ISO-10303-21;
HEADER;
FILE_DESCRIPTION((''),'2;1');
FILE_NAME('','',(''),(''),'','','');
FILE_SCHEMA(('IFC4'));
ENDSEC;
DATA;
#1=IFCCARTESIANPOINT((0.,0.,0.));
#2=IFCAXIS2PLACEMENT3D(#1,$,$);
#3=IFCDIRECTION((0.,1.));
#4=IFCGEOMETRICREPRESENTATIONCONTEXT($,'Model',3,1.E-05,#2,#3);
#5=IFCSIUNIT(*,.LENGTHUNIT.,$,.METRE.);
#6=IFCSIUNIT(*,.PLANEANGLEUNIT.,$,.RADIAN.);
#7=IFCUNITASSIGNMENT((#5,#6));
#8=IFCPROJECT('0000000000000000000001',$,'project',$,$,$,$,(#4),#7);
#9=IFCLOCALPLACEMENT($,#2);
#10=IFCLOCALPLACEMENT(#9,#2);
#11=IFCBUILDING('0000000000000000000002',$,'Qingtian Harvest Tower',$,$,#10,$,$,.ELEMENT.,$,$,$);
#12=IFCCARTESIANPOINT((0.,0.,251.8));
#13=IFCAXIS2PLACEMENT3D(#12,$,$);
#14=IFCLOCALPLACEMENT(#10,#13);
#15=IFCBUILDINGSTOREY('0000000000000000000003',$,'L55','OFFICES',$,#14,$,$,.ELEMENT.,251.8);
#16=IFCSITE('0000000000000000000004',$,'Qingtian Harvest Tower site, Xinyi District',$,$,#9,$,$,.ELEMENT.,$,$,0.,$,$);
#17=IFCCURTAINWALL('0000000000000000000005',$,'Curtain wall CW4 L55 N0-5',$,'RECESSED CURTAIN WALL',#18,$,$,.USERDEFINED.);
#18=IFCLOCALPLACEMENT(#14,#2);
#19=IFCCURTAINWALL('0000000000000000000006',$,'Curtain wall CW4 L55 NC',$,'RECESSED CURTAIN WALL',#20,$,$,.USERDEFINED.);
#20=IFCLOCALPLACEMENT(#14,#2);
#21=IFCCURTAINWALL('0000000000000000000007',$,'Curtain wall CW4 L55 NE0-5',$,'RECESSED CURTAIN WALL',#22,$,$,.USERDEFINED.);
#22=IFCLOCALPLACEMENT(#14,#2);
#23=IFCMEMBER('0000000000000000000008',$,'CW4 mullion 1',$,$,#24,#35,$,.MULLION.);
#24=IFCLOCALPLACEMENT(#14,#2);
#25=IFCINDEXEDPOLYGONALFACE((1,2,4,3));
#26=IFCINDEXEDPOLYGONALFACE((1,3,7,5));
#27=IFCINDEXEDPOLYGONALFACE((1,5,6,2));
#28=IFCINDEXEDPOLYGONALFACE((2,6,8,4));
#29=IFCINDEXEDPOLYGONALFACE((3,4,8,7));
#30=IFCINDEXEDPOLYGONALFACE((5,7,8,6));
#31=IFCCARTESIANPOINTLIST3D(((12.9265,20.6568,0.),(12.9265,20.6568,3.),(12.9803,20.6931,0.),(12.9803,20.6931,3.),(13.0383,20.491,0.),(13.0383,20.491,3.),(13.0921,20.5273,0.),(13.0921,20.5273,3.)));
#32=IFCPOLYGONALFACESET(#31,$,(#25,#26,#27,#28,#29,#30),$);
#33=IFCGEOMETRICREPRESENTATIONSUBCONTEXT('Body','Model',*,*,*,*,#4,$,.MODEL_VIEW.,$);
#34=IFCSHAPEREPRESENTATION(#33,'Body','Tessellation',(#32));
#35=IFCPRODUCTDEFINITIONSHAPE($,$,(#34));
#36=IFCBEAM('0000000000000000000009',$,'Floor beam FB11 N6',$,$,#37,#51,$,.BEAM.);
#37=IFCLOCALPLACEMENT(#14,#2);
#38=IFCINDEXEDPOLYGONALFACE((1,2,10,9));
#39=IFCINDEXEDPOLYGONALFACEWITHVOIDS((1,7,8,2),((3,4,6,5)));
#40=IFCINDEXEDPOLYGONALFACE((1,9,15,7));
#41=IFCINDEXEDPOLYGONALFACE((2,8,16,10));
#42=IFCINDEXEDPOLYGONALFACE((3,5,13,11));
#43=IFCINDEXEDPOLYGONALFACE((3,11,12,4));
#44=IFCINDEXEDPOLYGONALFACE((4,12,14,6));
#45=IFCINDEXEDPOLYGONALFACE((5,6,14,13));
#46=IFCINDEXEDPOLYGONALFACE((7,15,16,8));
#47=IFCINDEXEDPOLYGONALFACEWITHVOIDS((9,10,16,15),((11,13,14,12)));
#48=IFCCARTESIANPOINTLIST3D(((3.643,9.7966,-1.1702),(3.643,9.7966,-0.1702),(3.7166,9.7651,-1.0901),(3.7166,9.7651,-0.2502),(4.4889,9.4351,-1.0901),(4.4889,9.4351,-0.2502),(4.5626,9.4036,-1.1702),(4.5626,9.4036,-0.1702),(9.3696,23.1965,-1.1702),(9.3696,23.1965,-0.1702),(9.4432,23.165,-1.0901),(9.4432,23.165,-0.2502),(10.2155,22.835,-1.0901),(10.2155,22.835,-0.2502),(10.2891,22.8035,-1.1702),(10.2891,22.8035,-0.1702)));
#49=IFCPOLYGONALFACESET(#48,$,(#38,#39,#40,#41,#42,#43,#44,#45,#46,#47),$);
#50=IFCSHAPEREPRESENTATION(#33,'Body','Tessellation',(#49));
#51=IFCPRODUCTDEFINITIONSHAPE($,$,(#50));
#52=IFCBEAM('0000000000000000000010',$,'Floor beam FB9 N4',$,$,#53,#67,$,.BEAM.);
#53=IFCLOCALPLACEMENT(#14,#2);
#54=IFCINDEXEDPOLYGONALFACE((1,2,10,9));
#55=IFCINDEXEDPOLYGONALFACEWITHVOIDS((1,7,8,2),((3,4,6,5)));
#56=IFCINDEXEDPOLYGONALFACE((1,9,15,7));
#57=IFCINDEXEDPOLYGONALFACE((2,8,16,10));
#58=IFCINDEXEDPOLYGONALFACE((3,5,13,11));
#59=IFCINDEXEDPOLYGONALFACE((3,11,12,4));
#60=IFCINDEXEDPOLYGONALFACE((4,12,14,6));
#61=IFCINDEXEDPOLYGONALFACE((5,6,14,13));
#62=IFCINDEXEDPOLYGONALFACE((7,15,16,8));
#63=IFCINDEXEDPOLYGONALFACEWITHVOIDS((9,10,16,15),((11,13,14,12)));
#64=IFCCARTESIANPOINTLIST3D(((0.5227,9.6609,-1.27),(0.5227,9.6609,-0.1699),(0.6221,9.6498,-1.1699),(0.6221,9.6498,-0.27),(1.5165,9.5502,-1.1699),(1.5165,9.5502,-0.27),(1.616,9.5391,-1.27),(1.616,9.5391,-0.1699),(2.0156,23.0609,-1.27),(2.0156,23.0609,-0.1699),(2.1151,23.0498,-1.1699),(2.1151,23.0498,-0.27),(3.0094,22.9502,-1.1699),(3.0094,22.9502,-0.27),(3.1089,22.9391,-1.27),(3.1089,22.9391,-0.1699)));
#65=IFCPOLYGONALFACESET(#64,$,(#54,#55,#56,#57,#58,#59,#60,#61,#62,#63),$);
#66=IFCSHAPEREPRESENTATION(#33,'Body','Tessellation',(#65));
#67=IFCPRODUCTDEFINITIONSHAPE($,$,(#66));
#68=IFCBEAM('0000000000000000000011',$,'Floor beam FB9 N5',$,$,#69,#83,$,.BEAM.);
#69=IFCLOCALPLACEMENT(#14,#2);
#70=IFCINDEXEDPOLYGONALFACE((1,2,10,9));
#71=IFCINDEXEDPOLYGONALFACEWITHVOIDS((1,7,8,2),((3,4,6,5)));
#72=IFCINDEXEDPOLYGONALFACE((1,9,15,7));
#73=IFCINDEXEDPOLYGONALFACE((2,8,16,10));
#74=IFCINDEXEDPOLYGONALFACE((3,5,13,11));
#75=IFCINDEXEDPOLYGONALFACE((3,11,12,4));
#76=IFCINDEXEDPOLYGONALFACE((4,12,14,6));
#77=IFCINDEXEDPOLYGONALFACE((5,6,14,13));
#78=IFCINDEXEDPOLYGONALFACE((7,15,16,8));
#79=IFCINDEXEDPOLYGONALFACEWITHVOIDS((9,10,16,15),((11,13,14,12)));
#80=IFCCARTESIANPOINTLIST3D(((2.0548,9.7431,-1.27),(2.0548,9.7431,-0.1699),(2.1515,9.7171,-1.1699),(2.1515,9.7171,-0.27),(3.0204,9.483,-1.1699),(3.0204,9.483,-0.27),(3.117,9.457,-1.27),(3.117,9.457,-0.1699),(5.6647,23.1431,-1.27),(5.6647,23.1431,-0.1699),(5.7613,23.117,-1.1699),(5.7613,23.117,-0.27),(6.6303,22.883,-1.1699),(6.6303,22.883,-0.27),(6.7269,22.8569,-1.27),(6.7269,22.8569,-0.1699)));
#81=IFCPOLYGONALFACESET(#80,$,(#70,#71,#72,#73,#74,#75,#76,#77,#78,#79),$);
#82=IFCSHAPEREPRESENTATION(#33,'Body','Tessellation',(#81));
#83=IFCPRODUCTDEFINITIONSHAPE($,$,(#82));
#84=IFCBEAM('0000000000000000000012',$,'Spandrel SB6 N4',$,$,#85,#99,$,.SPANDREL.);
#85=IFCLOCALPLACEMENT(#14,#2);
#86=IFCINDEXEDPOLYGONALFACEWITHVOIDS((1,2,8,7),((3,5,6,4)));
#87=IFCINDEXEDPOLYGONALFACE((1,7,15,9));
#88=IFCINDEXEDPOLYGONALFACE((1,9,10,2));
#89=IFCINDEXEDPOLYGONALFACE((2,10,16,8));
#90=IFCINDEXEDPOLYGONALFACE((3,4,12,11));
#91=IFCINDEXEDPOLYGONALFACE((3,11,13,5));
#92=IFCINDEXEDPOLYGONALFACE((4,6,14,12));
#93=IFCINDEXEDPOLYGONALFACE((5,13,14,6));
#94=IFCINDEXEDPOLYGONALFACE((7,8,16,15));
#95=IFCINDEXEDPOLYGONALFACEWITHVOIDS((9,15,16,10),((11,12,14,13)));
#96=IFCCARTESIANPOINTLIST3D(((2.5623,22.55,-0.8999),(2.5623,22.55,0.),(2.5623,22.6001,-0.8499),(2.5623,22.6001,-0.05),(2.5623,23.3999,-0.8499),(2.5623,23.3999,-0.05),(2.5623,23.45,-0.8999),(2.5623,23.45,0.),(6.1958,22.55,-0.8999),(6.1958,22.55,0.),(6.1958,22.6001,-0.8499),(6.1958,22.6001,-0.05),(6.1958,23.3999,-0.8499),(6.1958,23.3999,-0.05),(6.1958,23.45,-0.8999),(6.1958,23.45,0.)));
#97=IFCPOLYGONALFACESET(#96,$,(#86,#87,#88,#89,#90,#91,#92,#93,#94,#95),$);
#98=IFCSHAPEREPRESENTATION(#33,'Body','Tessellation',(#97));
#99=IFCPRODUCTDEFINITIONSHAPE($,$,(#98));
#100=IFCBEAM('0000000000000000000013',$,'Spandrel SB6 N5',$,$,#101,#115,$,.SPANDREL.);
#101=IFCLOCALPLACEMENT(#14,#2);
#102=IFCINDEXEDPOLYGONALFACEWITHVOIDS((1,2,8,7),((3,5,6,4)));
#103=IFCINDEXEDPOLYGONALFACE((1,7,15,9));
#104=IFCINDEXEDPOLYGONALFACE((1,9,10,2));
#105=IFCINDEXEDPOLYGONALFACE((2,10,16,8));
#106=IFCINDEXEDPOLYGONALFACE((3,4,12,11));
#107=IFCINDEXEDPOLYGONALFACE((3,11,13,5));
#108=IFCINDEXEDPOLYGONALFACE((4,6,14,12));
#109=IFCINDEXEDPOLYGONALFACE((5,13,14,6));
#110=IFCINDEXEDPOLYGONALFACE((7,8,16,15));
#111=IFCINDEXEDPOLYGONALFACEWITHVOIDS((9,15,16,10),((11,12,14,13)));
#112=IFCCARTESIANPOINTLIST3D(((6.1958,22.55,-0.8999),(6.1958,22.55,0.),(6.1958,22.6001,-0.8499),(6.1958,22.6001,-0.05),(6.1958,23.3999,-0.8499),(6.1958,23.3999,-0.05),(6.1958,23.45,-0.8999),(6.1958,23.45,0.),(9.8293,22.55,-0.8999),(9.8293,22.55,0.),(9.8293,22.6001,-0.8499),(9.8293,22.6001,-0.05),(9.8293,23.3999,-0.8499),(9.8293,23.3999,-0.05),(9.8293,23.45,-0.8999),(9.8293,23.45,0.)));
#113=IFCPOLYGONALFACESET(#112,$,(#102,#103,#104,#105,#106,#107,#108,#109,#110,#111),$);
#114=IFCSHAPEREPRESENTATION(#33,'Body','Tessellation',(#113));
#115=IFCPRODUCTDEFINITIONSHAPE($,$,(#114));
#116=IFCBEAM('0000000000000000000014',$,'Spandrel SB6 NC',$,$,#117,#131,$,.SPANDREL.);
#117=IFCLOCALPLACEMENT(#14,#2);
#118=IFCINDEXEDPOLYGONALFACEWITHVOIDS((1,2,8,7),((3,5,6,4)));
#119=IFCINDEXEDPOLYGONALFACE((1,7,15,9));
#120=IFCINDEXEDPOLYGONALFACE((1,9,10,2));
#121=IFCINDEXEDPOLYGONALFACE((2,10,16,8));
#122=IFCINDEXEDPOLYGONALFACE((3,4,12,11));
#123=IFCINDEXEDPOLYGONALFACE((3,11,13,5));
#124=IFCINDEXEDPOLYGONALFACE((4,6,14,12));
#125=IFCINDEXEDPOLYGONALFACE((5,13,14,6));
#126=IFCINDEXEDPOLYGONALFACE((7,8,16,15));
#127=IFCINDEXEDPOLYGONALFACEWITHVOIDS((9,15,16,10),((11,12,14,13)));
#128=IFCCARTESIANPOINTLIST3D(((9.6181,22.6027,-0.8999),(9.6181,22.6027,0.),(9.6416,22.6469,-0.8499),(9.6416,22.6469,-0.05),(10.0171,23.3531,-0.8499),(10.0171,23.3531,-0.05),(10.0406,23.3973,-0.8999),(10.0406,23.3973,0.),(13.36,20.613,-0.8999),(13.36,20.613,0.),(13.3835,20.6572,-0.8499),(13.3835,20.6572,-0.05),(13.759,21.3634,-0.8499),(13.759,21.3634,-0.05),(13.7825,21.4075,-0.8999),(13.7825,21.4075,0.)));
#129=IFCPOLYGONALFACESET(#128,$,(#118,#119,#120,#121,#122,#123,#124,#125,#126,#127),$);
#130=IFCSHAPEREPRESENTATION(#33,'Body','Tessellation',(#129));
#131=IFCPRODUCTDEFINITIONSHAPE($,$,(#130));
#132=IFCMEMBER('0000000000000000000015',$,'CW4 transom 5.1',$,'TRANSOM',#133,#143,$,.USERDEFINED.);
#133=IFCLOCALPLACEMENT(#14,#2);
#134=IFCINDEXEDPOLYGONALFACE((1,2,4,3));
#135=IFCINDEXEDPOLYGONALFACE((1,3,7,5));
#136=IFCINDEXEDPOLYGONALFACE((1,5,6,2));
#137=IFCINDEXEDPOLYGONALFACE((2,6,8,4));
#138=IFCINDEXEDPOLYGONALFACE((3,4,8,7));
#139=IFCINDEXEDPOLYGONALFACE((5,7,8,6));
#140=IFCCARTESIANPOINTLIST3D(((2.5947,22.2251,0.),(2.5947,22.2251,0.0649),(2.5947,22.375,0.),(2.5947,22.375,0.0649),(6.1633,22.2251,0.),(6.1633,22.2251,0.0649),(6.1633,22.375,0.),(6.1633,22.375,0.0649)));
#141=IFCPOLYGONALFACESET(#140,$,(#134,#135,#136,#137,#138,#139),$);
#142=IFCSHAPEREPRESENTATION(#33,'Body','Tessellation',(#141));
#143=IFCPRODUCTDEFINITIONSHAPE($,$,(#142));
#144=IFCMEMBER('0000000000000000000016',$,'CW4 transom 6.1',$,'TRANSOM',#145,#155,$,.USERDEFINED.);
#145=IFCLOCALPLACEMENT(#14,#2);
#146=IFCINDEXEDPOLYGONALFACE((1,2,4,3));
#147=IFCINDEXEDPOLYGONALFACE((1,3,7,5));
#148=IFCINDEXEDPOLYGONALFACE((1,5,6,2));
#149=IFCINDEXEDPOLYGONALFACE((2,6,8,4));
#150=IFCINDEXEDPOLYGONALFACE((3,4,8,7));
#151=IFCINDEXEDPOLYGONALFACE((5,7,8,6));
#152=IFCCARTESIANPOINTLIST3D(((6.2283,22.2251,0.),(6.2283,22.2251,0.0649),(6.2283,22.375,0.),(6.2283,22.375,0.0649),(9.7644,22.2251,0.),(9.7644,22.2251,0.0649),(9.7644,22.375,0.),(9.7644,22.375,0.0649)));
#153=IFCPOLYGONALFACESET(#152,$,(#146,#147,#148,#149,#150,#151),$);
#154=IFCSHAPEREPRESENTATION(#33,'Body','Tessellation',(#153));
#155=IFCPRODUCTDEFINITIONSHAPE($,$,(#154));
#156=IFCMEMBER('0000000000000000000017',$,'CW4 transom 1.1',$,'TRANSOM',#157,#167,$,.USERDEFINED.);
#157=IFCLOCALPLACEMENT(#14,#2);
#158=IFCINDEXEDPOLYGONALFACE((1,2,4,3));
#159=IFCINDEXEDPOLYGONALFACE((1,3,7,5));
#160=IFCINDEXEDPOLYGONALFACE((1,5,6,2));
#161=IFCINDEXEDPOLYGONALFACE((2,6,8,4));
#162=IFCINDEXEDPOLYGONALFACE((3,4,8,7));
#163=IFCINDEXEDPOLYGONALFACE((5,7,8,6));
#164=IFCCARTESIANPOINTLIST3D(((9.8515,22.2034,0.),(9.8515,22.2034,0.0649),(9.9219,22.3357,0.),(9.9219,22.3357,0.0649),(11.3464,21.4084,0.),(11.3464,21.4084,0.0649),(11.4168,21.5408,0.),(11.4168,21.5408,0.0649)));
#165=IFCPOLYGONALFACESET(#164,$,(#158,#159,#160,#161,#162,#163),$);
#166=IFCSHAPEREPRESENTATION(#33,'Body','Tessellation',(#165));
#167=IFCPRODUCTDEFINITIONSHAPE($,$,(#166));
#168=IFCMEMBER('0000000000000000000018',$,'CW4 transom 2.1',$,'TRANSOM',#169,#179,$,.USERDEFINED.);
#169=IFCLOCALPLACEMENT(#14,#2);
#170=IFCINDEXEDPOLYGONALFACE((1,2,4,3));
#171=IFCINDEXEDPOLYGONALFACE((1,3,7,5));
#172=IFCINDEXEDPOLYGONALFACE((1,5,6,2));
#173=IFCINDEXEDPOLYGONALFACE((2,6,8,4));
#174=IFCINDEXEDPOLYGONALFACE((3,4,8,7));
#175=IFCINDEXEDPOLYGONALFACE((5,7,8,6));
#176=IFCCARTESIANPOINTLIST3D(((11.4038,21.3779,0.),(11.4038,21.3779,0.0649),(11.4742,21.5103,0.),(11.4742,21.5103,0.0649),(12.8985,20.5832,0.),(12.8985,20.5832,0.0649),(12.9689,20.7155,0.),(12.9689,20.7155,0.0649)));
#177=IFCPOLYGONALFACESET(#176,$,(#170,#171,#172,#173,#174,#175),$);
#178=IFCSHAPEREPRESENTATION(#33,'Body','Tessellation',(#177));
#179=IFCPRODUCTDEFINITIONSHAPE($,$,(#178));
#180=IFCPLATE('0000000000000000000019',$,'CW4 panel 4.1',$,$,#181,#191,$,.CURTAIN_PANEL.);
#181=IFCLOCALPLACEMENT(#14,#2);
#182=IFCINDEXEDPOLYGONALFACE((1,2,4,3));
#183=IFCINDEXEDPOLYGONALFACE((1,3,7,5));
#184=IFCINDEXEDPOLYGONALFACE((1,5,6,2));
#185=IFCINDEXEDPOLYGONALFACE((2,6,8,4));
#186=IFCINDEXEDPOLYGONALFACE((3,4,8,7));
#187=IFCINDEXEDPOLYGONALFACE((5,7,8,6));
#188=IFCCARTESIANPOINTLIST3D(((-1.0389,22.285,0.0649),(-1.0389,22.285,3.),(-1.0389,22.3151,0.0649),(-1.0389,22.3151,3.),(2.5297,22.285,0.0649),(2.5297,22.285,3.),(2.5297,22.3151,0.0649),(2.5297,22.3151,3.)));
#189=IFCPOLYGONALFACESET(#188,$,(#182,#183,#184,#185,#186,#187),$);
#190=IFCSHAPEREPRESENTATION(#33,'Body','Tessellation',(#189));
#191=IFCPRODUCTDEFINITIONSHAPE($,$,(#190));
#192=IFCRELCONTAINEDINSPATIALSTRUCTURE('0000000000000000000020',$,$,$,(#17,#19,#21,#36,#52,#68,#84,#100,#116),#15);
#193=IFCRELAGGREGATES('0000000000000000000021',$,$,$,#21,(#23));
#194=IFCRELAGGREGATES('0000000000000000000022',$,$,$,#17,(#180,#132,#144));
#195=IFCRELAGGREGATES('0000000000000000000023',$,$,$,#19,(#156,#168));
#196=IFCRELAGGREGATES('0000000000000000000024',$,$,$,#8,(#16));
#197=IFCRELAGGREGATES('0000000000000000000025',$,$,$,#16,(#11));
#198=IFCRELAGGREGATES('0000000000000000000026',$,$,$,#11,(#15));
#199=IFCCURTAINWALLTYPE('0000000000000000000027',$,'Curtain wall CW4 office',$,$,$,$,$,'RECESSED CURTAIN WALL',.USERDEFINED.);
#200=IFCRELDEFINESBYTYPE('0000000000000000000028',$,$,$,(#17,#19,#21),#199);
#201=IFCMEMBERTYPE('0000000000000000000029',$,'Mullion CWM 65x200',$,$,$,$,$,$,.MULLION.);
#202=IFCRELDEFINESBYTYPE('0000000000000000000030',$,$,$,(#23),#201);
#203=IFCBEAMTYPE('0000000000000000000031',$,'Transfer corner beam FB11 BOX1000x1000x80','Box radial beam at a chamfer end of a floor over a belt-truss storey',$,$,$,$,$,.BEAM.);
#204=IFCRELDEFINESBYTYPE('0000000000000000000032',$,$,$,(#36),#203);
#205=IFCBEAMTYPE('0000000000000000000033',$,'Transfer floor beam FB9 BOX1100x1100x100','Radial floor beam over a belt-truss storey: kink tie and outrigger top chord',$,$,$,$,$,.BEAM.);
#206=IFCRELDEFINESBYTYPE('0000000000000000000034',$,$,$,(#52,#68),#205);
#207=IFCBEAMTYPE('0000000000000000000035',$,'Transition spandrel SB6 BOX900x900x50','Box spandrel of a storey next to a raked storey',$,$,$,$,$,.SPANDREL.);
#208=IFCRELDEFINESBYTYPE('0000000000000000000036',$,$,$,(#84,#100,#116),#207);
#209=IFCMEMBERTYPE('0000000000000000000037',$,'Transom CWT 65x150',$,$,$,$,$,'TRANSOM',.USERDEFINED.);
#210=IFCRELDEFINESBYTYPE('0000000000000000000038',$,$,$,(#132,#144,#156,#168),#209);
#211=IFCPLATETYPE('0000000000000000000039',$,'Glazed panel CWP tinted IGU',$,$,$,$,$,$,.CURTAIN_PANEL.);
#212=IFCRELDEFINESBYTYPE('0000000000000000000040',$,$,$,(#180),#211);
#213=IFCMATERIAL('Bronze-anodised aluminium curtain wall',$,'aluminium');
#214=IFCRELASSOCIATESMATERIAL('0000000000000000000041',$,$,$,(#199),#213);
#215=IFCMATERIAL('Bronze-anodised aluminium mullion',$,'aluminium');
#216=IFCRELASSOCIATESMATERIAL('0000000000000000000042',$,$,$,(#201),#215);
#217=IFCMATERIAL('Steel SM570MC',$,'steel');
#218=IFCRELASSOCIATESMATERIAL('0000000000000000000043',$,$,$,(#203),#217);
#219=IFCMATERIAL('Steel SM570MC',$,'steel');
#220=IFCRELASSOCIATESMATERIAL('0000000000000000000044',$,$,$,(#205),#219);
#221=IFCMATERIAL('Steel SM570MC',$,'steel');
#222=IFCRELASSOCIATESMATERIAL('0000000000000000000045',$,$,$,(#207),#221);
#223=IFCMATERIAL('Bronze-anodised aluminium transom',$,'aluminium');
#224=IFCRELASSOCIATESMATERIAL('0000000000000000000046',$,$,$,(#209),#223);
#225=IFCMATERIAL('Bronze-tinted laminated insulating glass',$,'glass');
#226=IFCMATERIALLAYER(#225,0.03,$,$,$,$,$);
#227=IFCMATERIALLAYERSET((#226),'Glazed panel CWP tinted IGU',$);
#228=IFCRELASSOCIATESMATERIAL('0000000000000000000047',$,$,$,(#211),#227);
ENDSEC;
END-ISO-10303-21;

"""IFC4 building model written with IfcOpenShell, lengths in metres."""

from ifc_helpers import new_model, si_unit, direction, frame, origin, origin_2d, place, context, subcontext, project, spatial, rectangle, hollow_rectangle, extrude, material, layer, layer_set, material_profile, profile_set, type_object, element, aggregate, save


model = new_model("IFC4")

# Units and contexts
model_context = context("Model", 3, precision=1e-05, world=origin(), true_north=direction((0.0, 1.0)))
body_context = subcontext(model_context, "Body", "Model", "MODEL_VIEW")
ifc_project = project(units=[si_unit("LENGTHUNIT", "METRE"), si_unit("PLANEANGLEUNIT", "RADIAN")], contexts=[model_context])

# Site, building, storey
site_placement = place(None, origin())
site = spatial("IfcSite", under=ifc_project, at=site_placement, Name="Qingtian Harvest Tower site, Xinyi District", CompositionType="ELEMENT", RefElevation=0.0)
building_placement = place(site_placement, origin())
building = spatial("IfcBuilding", under=site, at=building_placement, Name="Qingtian Harvest Tower", CompositionType="ELEMENT")
storey_placement = place(building_placement, frame((0.0, 0.0, 251.8)))
storey = spatial("IfcBuildingStorey", under=building, at=storey_placement, Name="L55", Description="OFFICES", CompositionType="ELEMENT", Elevation=251.8)

# Curtain walls
ifc_material_1 = material(Name="Bronze-anodised aluminium curtain wall", Category="aluminium")
curtain_wall_type = type_object("IfcCurtainWallType", Name="Curtain wall CW4 office", ElementType="RECESSED CURTAIN WALL", PredefinedType="USERDEFINED", material=ifc_material_1)
curtain_wall_1_placement = place(storey_placement, origin())
curtain_wall_1 = element("IfcCurtainWall", 1, at=curtain_wall_1_placement, inside=storey, type_object=curtain_wall_type, Name="Curtain wall CW4 L55 N0-5", ObjectType="RECESSED CURTAIN WALL", PredefinedType="USERDEFINED")
ifc_material_2 = material(Name="Bronze-anodised aluminium mullion", Category="aluminium")
ifc_material_profile_1 = material_profile(ifc_material_2, rectangle(XDim=0.0649, YDim=0.2, at=origin_2d()), Name="AL 65x200")
ifc_profile_set_1 = profile_set([ifc_material_profile_1], Name="Bronze-anodised aluminium mullion")
member_type_1 = type_object("IfcMemberType", Name="Mullion CWM 65x200", PredefinedType="MULLION", material=ifc_profile_set_1)
curtain_wall_2_placement = place(storey_placement, origin())
curtain_wall_2 = element("IfcCurtainWall", 2, at=curtain_wall_2_placement, inside=storey, type_object=curtain_wall_type, Name="Curtain wall CW4 L55 NC", ObjectType="RECESSED CURTAIN WALL", PredefinedType="USERDEFINED")

# Curtain wall, member
curtain_wall_3_placement = place(storey_placement, origin())
curtain_wall_3 = element("IfcCurtainWall", 3, at=curtain_wall_3_placement, inside=storey, type_object=curtain_wall_type, Name="Curtain wall CW4 L55 NE0-5", ObjectType="RECESSED CURTAIN WALL", PredefinedType="USERDEFINED")
member_1_placement = place(storey_placement, frame((13.0093, 20.592, 0.0), z_axis=(0.0, 0.0, 1.0), x_axis=(0.829038, 0.559193, 0.0)))
member_1 = element("IfcMember", 4, at=member_1_placement, type_object=member_type_1, Name="CW4 mullion 1", PredefinedType="MULLION", context=body_context, shape_type="SweptSolid", body=[
    extrude(rectangle(XDim=0.0649, YDim=0.2, at=origin_2d()), origin(), (0.0, 0.0, 1.0), 3.0),
])
aggregate(curtain_wall_3, [member_1])

# Beams
ifc_material_3 = material(Name="Steel SM570MC", Category="steel")
ifc_material_profile_2 = material_profile(ifc_material_3, hollow_rectangle(XDim=1.0, YDim=1.0, WallThickness=0.0801, at=origin_2d()), Name="BOX1000x1000x80")
ifc_profile_set_2 = profile_set([ifc_material_profile_2], Name="Steel SM570MC")
beam_type_1 = type_object("IfcBeamType", Name="Transfer corner beam FB11 BOX1000x1000x80", Description="Box radial beam at a chamfer end of a floor over a belt-truss storey", PredefinedType="BEAM", material=ifc_profile_set_2)
beam_1_placement = place(storey_placement, frame((9.8293, 23.0, -0.6702), z_axis=(-0.392977, -0.919548, 0.0), x_axis=(0.919548, -0.392977, 0.0)))
element("IfcBeam", 5, at=beam_1_placement, inside=storey, type_object=beam_type_1, Name="Floor beam FB11 N6", PredefinedType="BEAM", context=body_context, shape_type="SweptSolid", body=[
    extrude(hollow_rectangle(XDim=1.0, YDim=1.0, WallThickness=0.0801, at=origin_2d()), origin(), (0.0, 0.0, 1.0), 14.5723),
])
ifc_material_4 = material(Name="Steel SM570MC", Category="steel")
ifc_material_profile_3 = material_profile(ifc_material_4, hollow_rectangle(XDim=1.1001, YDim=1.1001, WallThickness=0.1001, at=origin_2d()), Name="BOX1100x1100x100")
ifc_profile_set_3 = profile_set([ifc_material_profile_3], Name="Steel SM570MC")
beam_type_2 = type_object("IfcBeamType", Name="Transfer floor beam FB9 BOX1100x1100x100", Description="Radial floor beam over a belt-truss storey: kink tie and outrigger top chord", PredefinedType="BEAM", material=ifc_profile_set_3)
beam_2_placement = place(storey_placement, frame((2.5623, 23.0, -0.72), z_axis=(-0.110728, -0.993851, 0.0), x_axis=(0.993851, -0.110728, 0.0)))
element("IfcBeam", 6, at=beam_2_placement, inside=storey, type_object=beam_type_2, Name="Floor beam FB9 N4", PredefinedType="BEAM", context=body_context, shape_type="SweptSolid", body=[
    extrude(hollow_rectangle(XDim=1.1001, YDim=1.1001, WallThickness=0.1001, at=origin_2d()), origin(), (0.0, 0.0, 1.0), 13.4829),
])
beam_3_placement = place(storey_placement, frame((6.1958, 23.0, -0.72), z_axis=(-0.260121, -0.965576, 0.0), x_axis=(0.965576, -0.260121, 0.0)))
element("IfcBeam", 7, at=beam_3_placement, inside=storey, type_object=beam_type_2, Name="Floor beam FB9 N5", PredefinedType="BEAM", context=body_context, shape_type="SweptSolid", body=[
    extrude(hollow_rectangle(XDim=1.1001, YDim=1.1001, WallThickness=0.1001, at=origin_2d()), origin(), (0.0, 0.0, 1.0), 13.8777),
])
ifc_material_5 = material(Name="Steel SM570MC", Category="steel")
ifc_material_profile_4 = material_profile(ifc_material_5, hollow_rectangle(XDim=0.8999, YDim=0.8999, WallThickness=0.05, at=origin_2d()), Name="BOX900x900x50")
ifc_profile_set_4 = profile_set([ifc_material_profile_4], Name="Steel SM570MC")
beam_type_3 = type_object("IfcBeamType", Name="Transition spandrel SB6 BOX900x900x50", Description="Box spandrel of a storey next to a raked storey", PredefinedType="SPANDREL", material=ifc_profile_set_4)
for number, where, z_axis, x_axis, name in (
    (8, (2.5623, 23.0, -0.45), (1.0, 0.0, 0.0), (0.0, 1.0, 0.0), "Spandrel SB6 N4"),
    (9, (6.1958, 23.0, -0.45), (1.0, 0.0, 0.0), (0.0, 1.0, 0.0), "Spandrel SB6 N5"),
):
    element("IfcBeam", number, at=place(storey_placement, frame(where, z_axis=z_axis, x_axis=x_axis)), inside=storey, type_object=beam_type_3, Name=name, PredefinedType="SPANDREL", context=body_context, shape_type="SweptSolid", body=[
        extrude(hollow_rectangle(XDim=0.8999, YDim=0.8999, WallThickness=0.05, at=origin_2d()), origin(), (0.0, 0.0, 1.0), 3.6335),
    ])
beam_4_placement = place(storey_placement, frame((9.8293, 23.0, -0.45), z_axis=(0.882936, -0.469494, 0.0), x_axis=(0.469494, 0.882936, 0.0)))
element("IfcBeam", 10, at=beam_4_placement, inside=storey, type_object=beam_type_3, Name="Spandrel SB6 NC", PredefinedType="SPANDREL", context=body_context, shape_type="SweptSolid", body=[
    extrude(hollow_rectangle(XDim=0.8999, YDim=0.8999, WallThickness=0.05, at=origin_2d()), origin(), (0.0, 0.0, 1.0), 4.238),
])

# Members
ifc_material_6 = material(Name="Bronze-anodised aluminium transom", Category="aluminium")
ifc_material_profile_5 = material_profile(ifc_material_6, rectangle(XDim=0.1499, YDim=0.0649, at=origin_2d()), Name="AL 65x150")
ifc_profile_set_5 = profile_set([ifc_material_profile_5], Name="Bronze-anodised aluminium transom")
member_type_2 = type_object("IfcMemberType", Name="Transom CWT 65x150", ElementType="TRANSOM", PredefinedType="USERDEFINED", material=ifc_profile_set_5)
member_2_placement = place(storey_placement, frame((2.5947, 22.3, 0.0325), z_axis=(1.0, 0.0, 0.0), x_axis=(0.0, 1.0, 0.0)))
member_2 = element("IfcMember", 11, at=member_2_placement, type_object=member_type_2, Name="CW4 transom 5.1", ObjectType="TRANSOM", PredefinedType="USERDEFINED", context=body_context, shape_type="SweptSolid", body=[
    extrude(rectangle(XDim=0.1499, YDim=0.0649, at=origin_2d()), origin(), (0.0, 0.0, 1.0), 3.5686),
])
member_3_placement = place(storey_placement, frame((6.2283, 22.3, 0.0325), z_axis=(1.0, 0.0, 0.0), x_axis=(0.0, 1.0, 0.0)))
member_3 = element("IfcMember", 12, at=member_3_placement, type_object=member_type_2, Name="CW4 transom 6.1", ObjectType="TRANSOM", PredefinedType="USERDEFINED", context=body_context, shape_type="SweptSolid", body=[
    extrude(rectangle(XDim=0.1499, YDim=0.0649, at=origin_2d()), origin(), (0.0, 0.0, 1.0), 3.5361),
])
member_4_placement = place(storey_placement, frame((9.8867, 22.2695, 0.0325), z_axis=(0.882927, -0.46951, 0.0), x_axis=(0.46951, 0.882927, 0.0)))
member_4 = element("IfcMember", 13, at=member_4_placement, type_object=member_type_2, Name="CW4 transom 1.1", ObjectType="TRANSOM", PredefinedType="USERDEFINED", context=body_context, shape_type="SweptSolid", body=[
    extrude(rectangle(XDim=0.1499, YDim=0.0649, at=origin_2d()), origin(), (0.0, 0.0, 1.0), 1.6931),
])
member_5_placement = place(storey_placement, frame((11.439, 21.4441, 0.0325), z_axis=(0.882955, -0.469457, 0.0), x_axis=(0.469457, 0.882955, 0.0)))
member_5 = element("IfcMember", 14, at=member_5_placement, type_object=member_type_2, Name="CW4 transom 2.1", ObjectType="TRANSOM", PredefinedType="USERDEFINED", context=body_context, shape_type="SweptSolid", body=[
    extrude(rectangle(XDim=0.1499, YDim=0.0649, at=origin_2d()), origin(), (0.0, 0.0, 1.0), 1.6929),
])

# Plate
ifc_material_7 = material(Name="Bronze-tinted laminated insulating glass", Category="glass")
ifc_layer_1 = layer(ifc_material_7, 0.03)
ifc_layer_set_1 = layer_set([ifc_layer_1], Name="Glazed panel CWP tinted IGU")
plate_type = type_object("IfcPlateType", Name="Glazed panel CWP tinted IGU", PredefinedType="CURTAIN_PANEL", material=ifc_layer_set_1)
plate_1_placement = place(storey_placement, frame((0.7454, 22.3, 0.0649), z_axis=(0.0, 0.0, 1.0), x_axis=(1.0, 0.0, 0.0)))
plate_1 = element("IfcPlate", 15, at=plate_1_placement, type_object=plate_type, Name="CW4 panel 4.1", PredefinedType="CURTAIN_PANEL", context=body_context, shape_type="SweptSolid", body=[
    extrude(rectangle(XDim=3.5686, YDim=0.03, at=origin_2d()), origin(), (0.0, 0.0, 1.0), 2.9351),
])
aggregate(curtain_wall_1, [plate_1, member_2, member_3])
aggregate(curtain_wall_2, [member_4, member_5])

save(model, "model.ifc")
